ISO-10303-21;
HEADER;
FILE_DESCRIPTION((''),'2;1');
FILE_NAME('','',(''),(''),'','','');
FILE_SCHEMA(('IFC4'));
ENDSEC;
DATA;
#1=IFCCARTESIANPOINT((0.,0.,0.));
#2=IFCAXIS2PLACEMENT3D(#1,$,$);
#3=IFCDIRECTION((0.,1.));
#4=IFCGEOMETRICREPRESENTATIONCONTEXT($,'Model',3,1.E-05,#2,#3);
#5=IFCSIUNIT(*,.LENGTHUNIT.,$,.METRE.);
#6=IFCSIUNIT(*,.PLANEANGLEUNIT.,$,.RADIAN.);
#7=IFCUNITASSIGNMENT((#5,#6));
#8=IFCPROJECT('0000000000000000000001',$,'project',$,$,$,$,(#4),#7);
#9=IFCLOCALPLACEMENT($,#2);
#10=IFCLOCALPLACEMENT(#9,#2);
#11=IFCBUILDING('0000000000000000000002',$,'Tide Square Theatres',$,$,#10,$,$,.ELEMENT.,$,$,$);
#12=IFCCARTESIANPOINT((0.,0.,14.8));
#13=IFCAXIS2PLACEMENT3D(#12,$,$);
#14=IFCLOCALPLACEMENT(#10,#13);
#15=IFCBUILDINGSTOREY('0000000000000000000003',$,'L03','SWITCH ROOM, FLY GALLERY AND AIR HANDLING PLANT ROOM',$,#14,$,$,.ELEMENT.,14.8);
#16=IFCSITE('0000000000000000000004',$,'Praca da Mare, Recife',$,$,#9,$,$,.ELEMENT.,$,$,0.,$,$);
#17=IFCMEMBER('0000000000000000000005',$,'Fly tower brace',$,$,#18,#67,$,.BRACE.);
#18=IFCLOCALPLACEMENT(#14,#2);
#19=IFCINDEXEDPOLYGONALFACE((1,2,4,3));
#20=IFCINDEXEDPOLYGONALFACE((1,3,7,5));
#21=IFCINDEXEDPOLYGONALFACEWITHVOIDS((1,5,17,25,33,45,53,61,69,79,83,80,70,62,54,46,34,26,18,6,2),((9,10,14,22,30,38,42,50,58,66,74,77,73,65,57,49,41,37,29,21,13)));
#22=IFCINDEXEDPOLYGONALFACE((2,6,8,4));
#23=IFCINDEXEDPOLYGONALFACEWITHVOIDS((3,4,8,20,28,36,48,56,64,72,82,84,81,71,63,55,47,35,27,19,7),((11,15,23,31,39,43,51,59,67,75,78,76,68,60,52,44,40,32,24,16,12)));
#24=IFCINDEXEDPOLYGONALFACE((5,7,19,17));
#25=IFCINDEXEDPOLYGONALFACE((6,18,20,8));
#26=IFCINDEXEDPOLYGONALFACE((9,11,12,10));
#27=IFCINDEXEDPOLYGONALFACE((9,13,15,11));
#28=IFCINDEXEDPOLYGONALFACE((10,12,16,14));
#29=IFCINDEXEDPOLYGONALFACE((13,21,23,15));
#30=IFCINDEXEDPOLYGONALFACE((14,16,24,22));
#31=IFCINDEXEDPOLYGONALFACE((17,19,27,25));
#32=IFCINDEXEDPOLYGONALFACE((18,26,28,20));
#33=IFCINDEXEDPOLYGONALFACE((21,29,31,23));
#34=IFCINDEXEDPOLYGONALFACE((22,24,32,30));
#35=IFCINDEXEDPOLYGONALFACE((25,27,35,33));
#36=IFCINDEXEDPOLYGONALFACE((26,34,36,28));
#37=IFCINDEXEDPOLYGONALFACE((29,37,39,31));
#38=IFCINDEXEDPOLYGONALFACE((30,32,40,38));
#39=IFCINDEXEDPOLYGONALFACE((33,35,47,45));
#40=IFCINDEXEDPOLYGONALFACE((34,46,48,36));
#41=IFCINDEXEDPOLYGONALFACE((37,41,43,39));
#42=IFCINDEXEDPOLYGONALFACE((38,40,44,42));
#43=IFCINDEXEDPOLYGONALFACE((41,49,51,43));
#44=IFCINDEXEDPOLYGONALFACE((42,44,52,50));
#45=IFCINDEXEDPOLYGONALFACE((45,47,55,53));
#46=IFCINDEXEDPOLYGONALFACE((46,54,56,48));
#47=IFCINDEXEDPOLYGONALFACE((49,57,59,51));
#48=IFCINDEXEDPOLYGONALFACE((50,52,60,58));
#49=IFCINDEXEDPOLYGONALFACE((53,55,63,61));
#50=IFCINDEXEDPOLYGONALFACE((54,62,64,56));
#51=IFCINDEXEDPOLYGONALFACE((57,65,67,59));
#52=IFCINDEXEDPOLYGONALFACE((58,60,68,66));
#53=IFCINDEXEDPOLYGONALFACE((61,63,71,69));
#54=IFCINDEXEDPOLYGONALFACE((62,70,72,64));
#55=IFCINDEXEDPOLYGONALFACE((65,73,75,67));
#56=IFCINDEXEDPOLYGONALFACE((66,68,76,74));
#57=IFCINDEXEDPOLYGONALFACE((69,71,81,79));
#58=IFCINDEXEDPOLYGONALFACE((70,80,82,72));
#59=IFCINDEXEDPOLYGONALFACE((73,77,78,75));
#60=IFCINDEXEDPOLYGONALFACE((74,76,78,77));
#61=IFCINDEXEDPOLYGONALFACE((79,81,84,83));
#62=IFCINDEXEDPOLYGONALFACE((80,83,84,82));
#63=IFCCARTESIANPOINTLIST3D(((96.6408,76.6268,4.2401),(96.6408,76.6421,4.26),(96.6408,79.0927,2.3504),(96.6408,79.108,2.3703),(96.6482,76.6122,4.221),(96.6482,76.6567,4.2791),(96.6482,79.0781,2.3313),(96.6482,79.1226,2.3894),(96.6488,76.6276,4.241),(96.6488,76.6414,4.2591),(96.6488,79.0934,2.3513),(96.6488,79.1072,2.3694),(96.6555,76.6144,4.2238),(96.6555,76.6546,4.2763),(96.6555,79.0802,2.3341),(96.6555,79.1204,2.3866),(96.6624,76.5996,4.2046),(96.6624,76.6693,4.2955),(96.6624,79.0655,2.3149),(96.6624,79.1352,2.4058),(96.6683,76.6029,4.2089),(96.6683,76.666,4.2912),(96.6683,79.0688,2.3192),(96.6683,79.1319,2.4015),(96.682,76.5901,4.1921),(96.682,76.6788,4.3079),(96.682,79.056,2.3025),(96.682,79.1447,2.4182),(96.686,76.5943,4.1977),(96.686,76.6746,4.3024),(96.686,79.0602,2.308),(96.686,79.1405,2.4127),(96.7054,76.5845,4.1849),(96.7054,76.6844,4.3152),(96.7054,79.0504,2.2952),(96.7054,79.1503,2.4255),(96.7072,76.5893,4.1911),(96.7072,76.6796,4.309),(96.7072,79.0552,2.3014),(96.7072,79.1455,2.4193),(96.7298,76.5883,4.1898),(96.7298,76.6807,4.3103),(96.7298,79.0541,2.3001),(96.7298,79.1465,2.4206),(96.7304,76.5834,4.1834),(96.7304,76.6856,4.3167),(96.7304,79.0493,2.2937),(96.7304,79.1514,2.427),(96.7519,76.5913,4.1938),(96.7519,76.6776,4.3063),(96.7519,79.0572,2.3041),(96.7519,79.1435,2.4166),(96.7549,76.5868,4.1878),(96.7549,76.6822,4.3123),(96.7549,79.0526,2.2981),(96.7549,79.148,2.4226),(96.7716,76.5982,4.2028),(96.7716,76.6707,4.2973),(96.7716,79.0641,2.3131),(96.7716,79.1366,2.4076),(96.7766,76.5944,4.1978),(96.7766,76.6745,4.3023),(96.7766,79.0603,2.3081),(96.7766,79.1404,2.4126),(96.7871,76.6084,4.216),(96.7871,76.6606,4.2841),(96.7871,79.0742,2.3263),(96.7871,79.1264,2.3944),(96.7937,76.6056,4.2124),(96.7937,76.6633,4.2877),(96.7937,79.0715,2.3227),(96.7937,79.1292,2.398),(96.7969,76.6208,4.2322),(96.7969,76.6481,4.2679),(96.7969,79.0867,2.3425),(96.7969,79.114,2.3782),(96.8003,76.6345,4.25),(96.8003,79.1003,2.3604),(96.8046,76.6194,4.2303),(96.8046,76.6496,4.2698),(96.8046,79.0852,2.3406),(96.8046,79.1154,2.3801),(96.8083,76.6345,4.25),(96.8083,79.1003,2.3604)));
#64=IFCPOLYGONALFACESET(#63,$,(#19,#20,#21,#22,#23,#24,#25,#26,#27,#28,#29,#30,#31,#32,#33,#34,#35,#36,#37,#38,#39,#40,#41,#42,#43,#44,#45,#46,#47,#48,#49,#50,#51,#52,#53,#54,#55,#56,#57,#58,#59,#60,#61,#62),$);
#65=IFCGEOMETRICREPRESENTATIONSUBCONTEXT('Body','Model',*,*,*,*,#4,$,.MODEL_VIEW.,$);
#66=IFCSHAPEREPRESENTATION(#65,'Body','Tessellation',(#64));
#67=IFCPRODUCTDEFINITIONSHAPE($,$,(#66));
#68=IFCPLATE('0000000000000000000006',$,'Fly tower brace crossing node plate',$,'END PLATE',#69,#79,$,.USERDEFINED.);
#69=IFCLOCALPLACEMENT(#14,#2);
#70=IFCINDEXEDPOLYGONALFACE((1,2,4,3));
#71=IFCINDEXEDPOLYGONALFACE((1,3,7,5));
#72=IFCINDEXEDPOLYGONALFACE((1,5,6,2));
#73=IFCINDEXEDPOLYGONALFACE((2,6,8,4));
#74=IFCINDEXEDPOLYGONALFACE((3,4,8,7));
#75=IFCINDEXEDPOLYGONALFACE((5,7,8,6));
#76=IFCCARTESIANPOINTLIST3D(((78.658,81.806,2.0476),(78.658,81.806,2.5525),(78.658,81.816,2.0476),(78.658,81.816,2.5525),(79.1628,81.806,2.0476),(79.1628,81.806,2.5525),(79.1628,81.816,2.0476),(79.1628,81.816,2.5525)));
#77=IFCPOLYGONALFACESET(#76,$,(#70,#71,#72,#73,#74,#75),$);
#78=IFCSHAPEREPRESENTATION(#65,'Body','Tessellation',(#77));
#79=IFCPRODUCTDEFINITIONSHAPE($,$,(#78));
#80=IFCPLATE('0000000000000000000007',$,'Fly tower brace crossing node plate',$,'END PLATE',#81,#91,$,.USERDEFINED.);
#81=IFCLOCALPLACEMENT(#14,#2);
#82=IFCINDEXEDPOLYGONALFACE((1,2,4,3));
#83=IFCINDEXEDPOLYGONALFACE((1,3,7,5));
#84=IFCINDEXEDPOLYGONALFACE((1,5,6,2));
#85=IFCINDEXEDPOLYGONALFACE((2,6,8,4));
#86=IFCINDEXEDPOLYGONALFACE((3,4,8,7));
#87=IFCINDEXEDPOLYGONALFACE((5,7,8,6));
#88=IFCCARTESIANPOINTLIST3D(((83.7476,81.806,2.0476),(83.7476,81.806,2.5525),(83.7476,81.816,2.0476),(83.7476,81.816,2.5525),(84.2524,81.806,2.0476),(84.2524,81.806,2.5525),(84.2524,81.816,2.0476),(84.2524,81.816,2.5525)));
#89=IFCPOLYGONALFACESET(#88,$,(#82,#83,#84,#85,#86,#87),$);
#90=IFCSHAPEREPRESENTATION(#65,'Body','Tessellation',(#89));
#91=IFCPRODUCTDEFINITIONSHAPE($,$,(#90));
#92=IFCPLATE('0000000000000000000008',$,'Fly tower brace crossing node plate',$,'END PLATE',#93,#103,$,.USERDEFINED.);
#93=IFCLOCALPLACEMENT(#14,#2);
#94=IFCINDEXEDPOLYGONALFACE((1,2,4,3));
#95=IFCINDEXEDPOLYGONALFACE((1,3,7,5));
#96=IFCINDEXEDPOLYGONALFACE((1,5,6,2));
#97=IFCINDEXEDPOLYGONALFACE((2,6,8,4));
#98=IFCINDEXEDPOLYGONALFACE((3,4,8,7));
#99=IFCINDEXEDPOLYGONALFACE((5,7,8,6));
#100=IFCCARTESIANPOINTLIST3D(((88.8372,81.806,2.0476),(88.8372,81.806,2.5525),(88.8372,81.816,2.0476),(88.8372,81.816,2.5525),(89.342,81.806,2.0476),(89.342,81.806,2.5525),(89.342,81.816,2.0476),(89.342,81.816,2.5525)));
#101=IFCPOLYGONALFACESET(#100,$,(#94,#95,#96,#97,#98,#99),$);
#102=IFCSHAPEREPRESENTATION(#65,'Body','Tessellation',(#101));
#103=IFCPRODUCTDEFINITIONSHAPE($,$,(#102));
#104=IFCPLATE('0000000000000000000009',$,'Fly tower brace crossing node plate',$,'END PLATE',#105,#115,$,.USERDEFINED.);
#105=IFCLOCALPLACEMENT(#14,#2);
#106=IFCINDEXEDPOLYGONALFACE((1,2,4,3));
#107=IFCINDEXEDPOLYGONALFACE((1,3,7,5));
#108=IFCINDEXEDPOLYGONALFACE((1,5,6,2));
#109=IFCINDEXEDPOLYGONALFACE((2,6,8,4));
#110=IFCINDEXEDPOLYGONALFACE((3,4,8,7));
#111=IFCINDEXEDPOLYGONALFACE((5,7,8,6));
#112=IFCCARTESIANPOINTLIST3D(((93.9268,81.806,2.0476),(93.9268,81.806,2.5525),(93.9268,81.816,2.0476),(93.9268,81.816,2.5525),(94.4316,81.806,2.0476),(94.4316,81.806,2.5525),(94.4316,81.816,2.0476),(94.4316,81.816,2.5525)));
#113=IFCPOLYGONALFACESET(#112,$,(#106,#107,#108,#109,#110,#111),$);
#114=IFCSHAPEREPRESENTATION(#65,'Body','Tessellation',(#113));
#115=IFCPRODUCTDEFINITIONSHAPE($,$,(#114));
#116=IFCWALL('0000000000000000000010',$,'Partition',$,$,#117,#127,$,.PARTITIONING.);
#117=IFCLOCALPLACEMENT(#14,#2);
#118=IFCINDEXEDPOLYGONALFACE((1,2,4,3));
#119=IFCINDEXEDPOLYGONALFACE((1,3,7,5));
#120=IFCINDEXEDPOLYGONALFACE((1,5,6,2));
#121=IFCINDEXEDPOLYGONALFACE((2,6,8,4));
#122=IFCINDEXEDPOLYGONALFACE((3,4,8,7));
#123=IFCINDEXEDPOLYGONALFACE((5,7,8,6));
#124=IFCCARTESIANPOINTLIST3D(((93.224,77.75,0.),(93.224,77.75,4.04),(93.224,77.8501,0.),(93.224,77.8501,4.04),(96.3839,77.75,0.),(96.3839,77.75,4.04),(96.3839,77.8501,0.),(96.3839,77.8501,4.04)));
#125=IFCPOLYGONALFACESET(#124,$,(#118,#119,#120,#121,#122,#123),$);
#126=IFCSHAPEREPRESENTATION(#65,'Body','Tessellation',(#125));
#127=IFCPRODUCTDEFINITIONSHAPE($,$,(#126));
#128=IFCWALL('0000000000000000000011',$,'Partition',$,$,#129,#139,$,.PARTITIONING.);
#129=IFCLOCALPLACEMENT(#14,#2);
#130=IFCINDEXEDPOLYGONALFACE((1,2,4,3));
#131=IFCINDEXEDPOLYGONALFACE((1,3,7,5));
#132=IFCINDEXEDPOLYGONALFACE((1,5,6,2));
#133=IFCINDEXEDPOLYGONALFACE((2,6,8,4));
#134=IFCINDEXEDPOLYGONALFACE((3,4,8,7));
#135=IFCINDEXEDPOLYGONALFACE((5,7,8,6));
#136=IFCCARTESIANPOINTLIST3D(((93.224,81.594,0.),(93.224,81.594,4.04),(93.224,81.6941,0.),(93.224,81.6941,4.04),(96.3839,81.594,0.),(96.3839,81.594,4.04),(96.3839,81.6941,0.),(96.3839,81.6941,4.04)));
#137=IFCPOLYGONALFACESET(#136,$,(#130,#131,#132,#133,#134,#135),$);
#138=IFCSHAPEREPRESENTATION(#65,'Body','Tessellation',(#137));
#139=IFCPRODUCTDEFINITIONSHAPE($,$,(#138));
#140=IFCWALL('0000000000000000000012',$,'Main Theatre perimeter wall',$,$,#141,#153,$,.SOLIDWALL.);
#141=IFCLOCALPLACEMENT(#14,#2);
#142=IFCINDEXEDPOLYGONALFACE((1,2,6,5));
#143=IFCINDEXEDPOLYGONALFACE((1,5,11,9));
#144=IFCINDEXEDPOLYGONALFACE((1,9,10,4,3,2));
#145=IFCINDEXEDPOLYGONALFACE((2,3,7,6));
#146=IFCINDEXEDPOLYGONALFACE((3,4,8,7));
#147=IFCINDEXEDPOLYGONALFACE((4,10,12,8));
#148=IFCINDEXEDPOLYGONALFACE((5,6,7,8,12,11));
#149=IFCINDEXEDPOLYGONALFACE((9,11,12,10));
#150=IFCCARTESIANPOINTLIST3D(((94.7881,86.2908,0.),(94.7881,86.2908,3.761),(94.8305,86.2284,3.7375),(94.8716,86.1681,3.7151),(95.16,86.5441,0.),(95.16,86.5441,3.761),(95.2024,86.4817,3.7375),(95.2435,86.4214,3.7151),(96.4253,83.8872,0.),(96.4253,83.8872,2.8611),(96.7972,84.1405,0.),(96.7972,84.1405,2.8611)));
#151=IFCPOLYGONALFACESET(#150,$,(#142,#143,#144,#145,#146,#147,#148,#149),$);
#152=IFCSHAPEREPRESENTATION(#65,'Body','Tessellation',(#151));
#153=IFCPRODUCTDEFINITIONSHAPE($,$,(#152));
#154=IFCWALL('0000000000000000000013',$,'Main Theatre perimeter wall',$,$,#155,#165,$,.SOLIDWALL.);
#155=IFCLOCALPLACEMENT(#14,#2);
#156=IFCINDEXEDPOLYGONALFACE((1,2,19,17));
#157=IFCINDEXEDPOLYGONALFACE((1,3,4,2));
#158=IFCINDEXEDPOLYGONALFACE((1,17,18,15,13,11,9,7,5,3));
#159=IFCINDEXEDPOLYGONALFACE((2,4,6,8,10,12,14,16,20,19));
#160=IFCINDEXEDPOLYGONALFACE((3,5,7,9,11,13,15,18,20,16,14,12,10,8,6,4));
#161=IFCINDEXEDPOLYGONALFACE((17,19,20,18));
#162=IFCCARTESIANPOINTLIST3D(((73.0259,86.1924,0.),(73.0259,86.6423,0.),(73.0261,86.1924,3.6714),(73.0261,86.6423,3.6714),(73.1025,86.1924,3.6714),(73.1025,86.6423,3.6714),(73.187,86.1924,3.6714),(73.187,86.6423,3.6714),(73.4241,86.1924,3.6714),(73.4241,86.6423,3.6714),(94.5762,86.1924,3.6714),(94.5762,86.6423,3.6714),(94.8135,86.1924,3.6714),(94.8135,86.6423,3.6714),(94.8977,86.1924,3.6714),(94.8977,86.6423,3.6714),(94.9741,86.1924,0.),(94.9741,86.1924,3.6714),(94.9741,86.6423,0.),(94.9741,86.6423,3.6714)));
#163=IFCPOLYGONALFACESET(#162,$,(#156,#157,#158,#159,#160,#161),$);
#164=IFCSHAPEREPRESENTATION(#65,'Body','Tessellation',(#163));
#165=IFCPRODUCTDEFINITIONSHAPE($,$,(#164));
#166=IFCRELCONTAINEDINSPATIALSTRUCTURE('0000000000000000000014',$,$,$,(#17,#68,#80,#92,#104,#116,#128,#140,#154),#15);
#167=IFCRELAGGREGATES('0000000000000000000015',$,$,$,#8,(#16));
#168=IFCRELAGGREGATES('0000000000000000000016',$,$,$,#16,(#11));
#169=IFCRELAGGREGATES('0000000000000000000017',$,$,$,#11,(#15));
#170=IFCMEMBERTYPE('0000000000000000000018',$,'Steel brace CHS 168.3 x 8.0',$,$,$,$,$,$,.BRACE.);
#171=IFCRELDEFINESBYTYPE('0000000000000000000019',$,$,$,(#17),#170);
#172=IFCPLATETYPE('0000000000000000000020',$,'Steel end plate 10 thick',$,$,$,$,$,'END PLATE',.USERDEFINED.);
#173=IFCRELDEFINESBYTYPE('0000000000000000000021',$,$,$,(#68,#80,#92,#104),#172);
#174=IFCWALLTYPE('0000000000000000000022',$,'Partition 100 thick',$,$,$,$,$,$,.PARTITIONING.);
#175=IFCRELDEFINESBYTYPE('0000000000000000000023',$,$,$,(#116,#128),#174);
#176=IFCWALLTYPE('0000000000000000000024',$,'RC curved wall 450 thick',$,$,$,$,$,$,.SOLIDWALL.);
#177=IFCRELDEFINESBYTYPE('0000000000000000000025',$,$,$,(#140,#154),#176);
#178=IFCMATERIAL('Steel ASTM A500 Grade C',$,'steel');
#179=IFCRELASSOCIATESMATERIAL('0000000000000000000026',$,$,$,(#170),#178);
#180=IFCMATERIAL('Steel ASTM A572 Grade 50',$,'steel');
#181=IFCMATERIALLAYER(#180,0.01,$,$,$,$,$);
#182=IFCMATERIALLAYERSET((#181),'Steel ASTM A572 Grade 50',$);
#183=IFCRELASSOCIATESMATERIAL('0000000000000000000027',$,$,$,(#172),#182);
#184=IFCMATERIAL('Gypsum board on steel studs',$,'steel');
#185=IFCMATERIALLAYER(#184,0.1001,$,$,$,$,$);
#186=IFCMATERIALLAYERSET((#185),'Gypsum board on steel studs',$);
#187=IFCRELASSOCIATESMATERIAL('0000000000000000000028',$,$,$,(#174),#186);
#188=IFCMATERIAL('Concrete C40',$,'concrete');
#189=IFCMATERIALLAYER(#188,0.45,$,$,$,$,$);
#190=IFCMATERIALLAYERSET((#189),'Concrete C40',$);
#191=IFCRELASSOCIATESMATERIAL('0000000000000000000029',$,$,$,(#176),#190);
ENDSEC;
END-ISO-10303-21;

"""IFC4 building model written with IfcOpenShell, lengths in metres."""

from ifc_helpers import new_model, si_unit, direction, frame, frame_2d, origin, origin_2d, place, context, subcontext, project, spatial, polyline, rectangle, hollow_circle, outline, extrude, material, layer, layer_set, material_profile, profile_set, type_object, element, save


model = new_model("IFC4")

# Units and contexts
model_context = context("Model", 3, precision=1e-05, world=origin(), true_north=direction((0.0, 1.0)))
body_context = subcontext(model_context, "Body", "Model", "MODEL_VIEW")
ifc_project = project(units=[si_unit("LENGTHUNIT", "METRE"), si_unit("PLANEANGLEUNIT", "RADIAN")], contexts=[model_context])

# Site, building, storey
site_placement = place(None, origin())
site = spatial("IfcSite", under=ifc_project, at=site_placement, Name="Praca da Mare, Recife", CompositionType="ELEMENT", RefElevation=0.0)
building_placement = place(site_placement, origin())
building = spatial("IfcBuilding", under=site, at=building_placement, Name="Tide Square Theatres", CompositionType="ELEMENT")
storey_placement = place(building_placement, frame((0.0, 0.0, 14.8)))
storey = spatial("IfcBuildingStorey", under=building, at=storey_placement, Name="L03", Description="SWITCH ROOM, FLY GALLERY AND AIR HANDLING PLANT ROOM", CompositionType="ELEMENT", Elevation=14.8)

# Member
ifc_material_1 = material(Name="Steel ASTM A500 Grade C", Category="steel")
ifc_material_profile_1 = material_profile(ifc_material_1, hollow_circle(Radius=0.0842, WallThickness=0.0081, at=origin_2d()))
ifc_profile_set_1 = profile_set([ifc_material_profile_1], Name="Steel ASTM A500 Grade C")
member_type = type_object("IfcMemberType", Name="Steel brace CHS 168.3 x 8.0", PredefinedType="BRACE", material=ifc_profile_set_1)
for number, where, z_axis, x_axis, name in (
    (1, (96.7241, 79.1003, 2.3604), (0.0, -0.793733, 0.608267), (1.0, 0.0, 0.0), "Fly tower brace"),
):
    element("IfcMember", number, at=place(storey_placement, frame(where, z_axis=z_axis, x_axis=x_axis)), inside=storey, type_object=member_type, Name=name, PredefinedType="BRACE", context=body_context, shape_type="SweptSolid", body=[
        extrude(hollow_circle(Radius=0.0842, WallThickness=0.0081, at=origin_2d()), origin(), (0.0, 0.0, 1.0), 3.1067),
    ])

# Plates
ifc_material_2 = material(Name="Steel ASTM A572 Grade 50", Category="steel")
ifc_layer_1 = layer(ifc_material_2, 0.01)
ifc_layer_set_1 = layer_set([ifc_layer_1], Name="Steel ASTM A572 Grade 50")
plate_type = type_object("IfcPlateType", Name="Steel end plate 10 thick", ElementType="END PLATE", PredefinedType="USERDEFINED", material=ifc_layer_set_1)
for number, where, z_axis, x_axis, name in (
    (2, (78.9104, 81.811, 2.0476), (0.0, 0.0, 1.0), (0.0, 1.0, 0.0), "Fly tower brace crossing node plate"),
    (3, (84.0, 81.811, 2.0476), (0.0, 0.0, 1.0), (0.0, 1.0, 0.0), "Fly tower brace crossing node plate"),
    (4, (89.0896, 81.811, 2.0476), (0.0, 0.0, 1.0), (0.0, 1.0, 0.0), "Fly tower brace crossing node plate"),
    (5, (94.1792, 81.811, 2.0476), (0.0, 0.0, 1.0), (0.0, 1.0, 0.0), "Fly tower brace crossing node plate"),
):
    element("IfcPlate", number, at=place(storey_placement, frame(where, z_axis=z_axis, x_axis=x_axis)), inside=storey, type_object=plate_type, Name=name, ObjectType="END PLATE", PredefinedType="USERDEFINED", context=body_context, shape_type="SweptSolid", body=[
        extrude(rectangle(XDim=0.01, YDim=0.5049, at=origin_2d()), origin(), (0.0, 0.0, 1.0), 0.5049),
    ])

# Walls
ifc_material_3 = material(Name="Gypsum board on steel studs", Category="steel")
ifc_layer_2 = layer(ifc_material_3, 0.1001)
ifc_layer_set_2 = layer_set([ifc_layer_2], Name="Gypsum board on steel studs")
wall_type_1 = type_object("IfcWallType", Name="Partition 100 thick", PredefinedType="PARTITIONING", material=ifc_layer_set_2)
for number, where, z_axis, x_axis, name in (
    (6, (96.384, 77.8, 0.0), (0.0, 0.0, 1.0), (-1.0, 0.0, 0.0), "Partition"),
    (7, (96.384, 81.644, 0.0), (0.0, 0.0, 1.0), (-1.0, 0.0, 0.0), "Partition"),
):
    element("IfcWall", number, at=place(storey_placement, frame(where, z_axis=z_axis, x_axis=x_axis)), inside=storey, type_object=wall_type_1, Name=name, PredefinedType="PARTITIONING", context=body_context, shape_type="SweptSolid", body=[
        extrude(rectangle(XDim=3.1599, YDim=0.1001, at=frame_2d((1.5801, 0.0))), origin(), (0.0, 0.0, 1.0), 4.04),
    ])
ifc_material_4 = material(Name="Concrete C40", Category="concrete")
ifc_layer_3 = layer(ifc_material_4, 0.45)
ifc_layer_set_3 = layer_set([ifc_layer_3], Name="Concrete C40")
wall_type_2 = type_object("IfcWallType", Name="RC curved wall 450 thick", PredefinedType="SOLIDWALL", material=ifc_layer_set_3)
wall_1_placement = place(storey_placement, frame((96.6113, 84.0139, 0.0), z_axis=(0.0, 0.0, 1.0), x_axis=(-0.562964, 0.826481, 0.0)))
element("IfcWall", 8, at=wall_1_placement, inside=storey, type_object=wall_type_2, Name="Main Theatre perimeter wall", PredefinedType="SOLIDWALL", context=body_context, shape_type="SweptSolid", body=[
    extrude(outline(polyline([(0.0, 0.0), (2.9082, 0.0), (2.9082, 3.761), (2.8328, 3.7375), (2.7598, 3.7151), (0.0, 2.8611), (0.0, 0.0)])), frame((0.0, 0.2251, 0.0), z_axis=(0.0, -1.0, 0.0), x_axis=(1.0, 0.0, 0.0)), (0.0, 0.0, 1.0), 0.45),
])
wall_2_placement = place(storey_placement, frame((94.9741, 86.4175, 0.0), z_axis=(0.0, 0.0, 1.0), x_axis=(-1.0, 0.0, 0.0)))
element("IfcWall", 9, at=wall_2_placement, inside=storey, type_object=wall_type_2, Name="Main Theatre perimeter wall", PredefinedType="SOLIDWALL", context=body_context, shape_type="SweptSolid", body=[
    extrude(outline(polyline([(0.0, 0.0), (21.9482, 0.0), (21.948, 3.6714), (21.8716, 3.6714), (21.7871, 3.6714), (21.55, 3.6714), (0.3979, 3.6714), (0.1606, 3.6714), (0.0764, 3.6714), (0.0, 3.6714), (0.0, 0.0)])), frame((0.0, 0.2251, 0.0), z_axis=(0.0, -1.0, 0.0), x_axis=(1.0, 0.0, 0.0)), (0.0, 0.0, 1.0), 0.45),
])

save(model, "model.ifc")
